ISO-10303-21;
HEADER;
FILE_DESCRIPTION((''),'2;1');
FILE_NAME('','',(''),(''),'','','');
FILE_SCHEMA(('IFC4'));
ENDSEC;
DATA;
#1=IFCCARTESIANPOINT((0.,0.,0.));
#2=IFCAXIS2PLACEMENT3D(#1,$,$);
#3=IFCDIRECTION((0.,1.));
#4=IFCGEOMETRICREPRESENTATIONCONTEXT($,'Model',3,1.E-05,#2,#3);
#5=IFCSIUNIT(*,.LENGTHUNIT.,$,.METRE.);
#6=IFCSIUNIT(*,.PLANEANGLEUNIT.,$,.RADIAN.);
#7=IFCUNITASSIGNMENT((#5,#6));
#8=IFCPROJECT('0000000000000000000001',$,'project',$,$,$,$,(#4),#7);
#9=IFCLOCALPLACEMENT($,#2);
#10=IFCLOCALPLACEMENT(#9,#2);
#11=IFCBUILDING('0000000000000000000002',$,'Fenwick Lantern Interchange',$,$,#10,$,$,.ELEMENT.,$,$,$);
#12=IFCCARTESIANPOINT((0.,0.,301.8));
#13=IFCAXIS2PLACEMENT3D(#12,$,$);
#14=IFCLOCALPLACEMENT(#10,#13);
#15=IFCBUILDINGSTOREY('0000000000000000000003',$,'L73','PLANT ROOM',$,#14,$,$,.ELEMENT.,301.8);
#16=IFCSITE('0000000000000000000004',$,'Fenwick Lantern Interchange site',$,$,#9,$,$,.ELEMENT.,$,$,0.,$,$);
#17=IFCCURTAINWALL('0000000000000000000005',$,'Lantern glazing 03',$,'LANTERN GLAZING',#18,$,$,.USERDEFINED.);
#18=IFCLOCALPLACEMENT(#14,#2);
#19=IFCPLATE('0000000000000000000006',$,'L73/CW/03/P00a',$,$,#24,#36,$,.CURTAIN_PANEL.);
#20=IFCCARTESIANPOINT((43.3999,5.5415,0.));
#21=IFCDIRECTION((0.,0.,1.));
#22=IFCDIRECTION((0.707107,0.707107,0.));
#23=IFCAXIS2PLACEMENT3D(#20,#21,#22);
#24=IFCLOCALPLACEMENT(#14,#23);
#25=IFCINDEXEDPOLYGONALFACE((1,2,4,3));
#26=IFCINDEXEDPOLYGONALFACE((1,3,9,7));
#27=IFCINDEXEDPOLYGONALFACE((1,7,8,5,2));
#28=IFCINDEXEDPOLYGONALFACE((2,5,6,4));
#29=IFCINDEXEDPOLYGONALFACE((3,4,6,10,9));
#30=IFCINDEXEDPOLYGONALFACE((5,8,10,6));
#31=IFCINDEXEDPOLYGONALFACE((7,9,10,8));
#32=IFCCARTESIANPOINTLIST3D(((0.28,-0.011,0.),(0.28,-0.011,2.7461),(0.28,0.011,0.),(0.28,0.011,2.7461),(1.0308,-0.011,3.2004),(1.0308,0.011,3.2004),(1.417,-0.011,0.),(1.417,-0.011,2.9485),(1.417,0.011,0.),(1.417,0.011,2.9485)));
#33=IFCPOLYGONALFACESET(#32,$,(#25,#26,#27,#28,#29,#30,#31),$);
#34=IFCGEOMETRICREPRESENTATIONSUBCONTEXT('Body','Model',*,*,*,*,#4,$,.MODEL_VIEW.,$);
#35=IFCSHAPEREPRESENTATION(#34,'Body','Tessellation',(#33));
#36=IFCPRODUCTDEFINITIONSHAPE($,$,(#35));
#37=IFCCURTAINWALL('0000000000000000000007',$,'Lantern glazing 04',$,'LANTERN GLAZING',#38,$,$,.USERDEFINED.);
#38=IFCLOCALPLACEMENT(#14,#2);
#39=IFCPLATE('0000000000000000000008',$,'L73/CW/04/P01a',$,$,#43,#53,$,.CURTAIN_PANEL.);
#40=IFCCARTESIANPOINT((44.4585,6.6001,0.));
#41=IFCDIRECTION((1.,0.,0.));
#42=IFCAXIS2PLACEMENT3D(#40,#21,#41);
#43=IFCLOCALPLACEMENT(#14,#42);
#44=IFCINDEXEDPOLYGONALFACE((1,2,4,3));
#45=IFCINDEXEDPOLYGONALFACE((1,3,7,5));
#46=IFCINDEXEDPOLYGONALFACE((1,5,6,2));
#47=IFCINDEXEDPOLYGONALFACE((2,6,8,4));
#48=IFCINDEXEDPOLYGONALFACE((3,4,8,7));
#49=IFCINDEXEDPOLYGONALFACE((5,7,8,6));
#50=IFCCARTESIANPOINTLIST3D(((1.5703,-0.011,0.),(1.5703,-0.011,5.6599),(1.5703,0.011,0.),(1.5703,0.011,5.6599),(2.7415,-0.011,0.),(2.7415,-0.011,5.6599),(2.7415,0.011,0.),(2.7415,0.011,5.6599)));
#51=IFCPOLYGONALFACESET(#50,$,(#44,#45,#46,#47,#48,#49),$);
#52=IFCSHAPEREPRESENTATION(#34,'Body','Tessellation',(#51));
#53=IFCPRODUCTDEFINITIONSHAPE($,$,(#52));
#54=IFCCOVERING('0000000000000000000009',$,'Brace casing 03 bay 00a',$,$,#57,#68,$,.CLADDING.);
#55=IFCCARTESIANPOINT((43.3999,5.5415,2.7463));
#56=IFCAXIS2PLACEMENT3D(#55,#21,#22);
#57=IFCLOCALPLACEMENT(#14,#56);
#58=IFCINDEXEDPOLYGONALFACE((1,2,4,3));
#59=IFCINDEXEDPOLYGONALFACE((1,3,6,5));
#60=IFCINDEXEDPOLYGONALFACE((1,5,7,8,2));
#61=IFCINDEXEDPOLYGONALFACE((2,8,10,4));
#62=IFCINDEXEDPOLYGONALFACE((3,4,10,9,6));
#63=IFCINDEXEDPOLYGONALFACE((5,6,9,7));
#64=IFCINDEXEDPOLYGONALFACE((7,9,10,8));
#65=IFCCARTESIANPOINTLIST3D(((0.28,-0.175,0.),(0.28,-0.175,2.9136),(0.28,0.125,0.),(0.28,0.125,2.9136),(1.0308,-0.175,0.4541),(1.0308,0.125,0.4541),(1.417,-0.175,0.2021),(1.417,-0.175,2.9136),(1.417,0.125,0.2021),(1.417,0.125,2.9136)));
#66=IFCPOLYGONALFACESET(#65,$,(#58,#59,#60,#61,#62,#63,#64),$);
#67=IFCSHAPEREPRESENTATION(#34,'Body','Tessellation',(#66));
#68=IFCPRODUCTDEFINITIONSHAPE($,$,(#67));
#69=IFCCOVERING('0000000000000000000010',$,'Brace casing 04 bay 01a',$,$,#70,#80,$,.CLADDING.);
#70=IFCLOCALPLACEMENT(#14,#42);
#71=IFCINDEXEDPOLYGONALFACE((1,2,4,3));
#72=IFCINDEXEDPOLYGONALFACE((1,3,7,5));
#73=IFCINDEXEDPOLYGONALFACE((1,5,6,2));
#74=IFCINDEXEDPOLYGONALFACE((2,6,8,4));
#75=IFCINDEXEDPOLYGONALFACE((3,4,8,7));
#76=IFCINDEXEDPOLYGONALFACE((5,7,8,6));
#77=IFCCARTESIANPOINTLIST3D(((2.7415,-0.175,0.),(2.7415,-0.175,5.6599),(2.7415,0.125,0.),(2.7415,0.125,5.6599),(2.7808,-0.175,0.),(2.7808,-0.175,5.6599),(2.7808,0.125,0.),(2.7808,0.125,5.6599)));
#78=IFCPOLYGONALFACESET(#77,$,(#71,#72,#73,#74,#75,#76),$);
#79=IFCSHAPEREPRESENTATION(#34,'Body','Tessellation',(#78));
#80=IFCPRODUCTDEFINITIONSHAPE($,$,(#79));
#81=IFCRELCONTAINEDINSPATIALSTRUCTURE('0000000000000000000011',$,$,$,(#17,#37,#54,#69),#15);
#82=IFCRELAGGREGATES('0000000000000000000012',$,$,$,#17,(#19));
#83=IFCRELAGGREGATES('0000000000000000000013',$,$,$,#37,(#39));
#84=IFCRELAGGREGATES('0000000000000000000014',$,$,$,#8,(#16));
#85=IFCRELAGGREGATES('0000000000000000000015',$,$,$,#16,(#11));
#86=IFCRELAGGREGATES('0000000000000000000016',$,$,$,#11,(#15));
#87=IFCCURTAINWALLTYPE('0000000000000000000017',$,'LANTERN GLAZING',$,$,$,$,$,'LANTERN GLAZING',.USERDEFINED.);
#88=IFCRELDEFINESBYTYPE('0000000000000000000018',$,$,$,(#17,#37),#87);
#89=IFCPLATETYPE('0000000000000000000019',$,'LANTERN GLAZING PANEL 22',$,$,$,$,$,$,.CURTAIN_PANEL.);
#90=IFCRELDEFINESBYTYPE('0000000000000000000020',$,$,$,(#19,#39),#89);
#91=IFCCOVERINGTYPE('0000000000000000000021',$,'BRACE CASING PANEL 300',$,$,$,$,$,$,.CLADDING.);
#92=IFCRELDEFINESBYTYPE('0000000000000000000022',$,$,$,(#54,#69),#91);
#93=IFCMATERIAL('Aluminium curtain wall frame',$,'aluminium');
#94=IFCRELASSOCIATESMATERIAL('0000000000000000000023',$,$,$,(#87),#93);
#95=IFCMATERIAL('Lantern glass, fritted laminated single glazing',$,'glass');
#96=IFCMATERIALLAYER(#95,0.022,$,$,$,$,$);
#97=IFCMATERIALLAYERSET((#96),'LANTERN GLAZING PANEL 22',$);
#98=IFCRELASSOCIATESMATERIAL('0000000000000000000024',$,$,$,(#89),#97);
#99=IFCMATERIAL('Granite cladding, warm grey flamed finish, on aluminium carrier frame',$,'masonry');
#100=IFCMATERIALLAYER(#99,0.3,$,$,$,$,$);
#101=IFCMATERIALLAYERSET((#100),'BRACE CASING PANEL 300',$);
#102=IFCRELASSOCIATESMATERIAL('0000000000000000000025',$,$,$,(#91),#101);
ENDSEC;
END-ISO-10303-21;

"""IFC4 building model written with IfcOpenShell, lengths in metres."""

from ifc_helpers import new_model, si_unit, direction, frame, origin, place, context, subcontext, project, spatial, polyline, outline, extrude, material, layer, layer_set, type_object, element, aggregate, save


model = new_model("IFC4")

# Units and contexts
model_context = context("Model", 3, precision=1e-05, world=origin(), true_north=direction((0.0, 1.0)))
body_context = subcontext(model_context, "Body", "Model", "MODEL_VIEW")
ifc_project = project(units=[si_unit("LENGTHUNIT", "METRE"), si_unit("PLANEANGLEUNIT", "RADIAN")], contexts=[model_context])

# Site, building, storey
site_placement = place(None, origin())
site = spatial("IfcSite", under=ifc_project, at=site_placement, Name="Fenwick Lantern Interchange site", CompositionType="ELEMENT", RefElevation=0.0)
building_placement = place(site_placement, origin())
building = spatial("IfcBuilding", under=site, at=building_placement, Name="Fenwick Lantern Interchange", CompositionType="ELEMENT")
storey_placement = place(building_placement, frame((0.0, 0.0, 301.8)))
storey = spatial("IfcBuildingStorey", under=building, at=storey_placement, Name="L73", Description="PLANT ROOM", CompositionType="ELEMENT", Elevation=301.8)

# Curtain wall
ifc_material_1 = material(Name="Aluminium curtain wall frame", Category="aluminium")
curtain_wall_type = type_object("IfcCurtainWallType", Name="LANTERN GLAZING", ElementType="LANTERN GLAZING", PredefinedType="USERDEFINED", material=ifc_material_1)
curtain_wall_1_placement = place(storey_placement, origin())
curtain_wall_1 = element("IfcCurtainWall", 1, at=curtain_wall_1_placement, inside=storey, type_object=curtain_wall_type, Name="Lantern glazing 03", ObjectType="LANTERN GLAZING", PredefinedType="USERDEFINED")

# Plate
ifc_material_2 = material(Name="Lantern glass, fritted laminated single glazing", Category="glass")
ifc_layer_1 = layer(ifc_material_2, 0.022)
ifc_layer_set_1 = layer_set([ifc_layer_1], Name="LANTERN GLAZING PANEL 22")
plate_type = type_object("IfcPlateType", Name="LANTERN GLAZING PANEL 22", PredefinedType="CURTAIN_PANEL", material=ifc_layer_set_1)
plate_1_placement = place(storey_placement, frame((43.3999, 5.5415, 0.0), z_axis=(0.0, 0.0, 1.0), x_axis=(0.707107, 0.707107, 0.0)))
plate_1 = element("IfcPlate", 2, at=plate_1_placement, type_object=plate_type, Name="L73/CW/03/P00a", PredefinedType="CURTAIN_PANEL", context=body_context, shape_type="SweptSolid", body=[
    extrude(outline(polyline([(0.28, 0.0), (1.417, 0.0), (1.417, 2.9485), (1.0308, 3.2004), (0.28, 2.7461), (0.28, 0.0)])), frame((0.0, 0.011, 0.0), z_axis=(0.0, -1.0, 0.0), x_axis=(1.0, 0.0, 0.0)), (0.0, 0.0, 1.0), 0.022),
])
aggregate(curtain_wall_1, [plate_1])

# Curtain wall, plate
curtain_wall_2_placement = place(storey_placement, origin())
curtain_wall_2 = element("IfcCurtainWall", 3, at=curtain_wall_2_placement, inside=storey, type_object=curtain_wall_type, Name="Lantern glazing 04", ObjectType="LANTERN GLAZING", PredefinedType="USERDEFINED")
plate_2_placement = place(storey_placement, frame((44.4585, 6.6001, 0.0), z_axis=(0.0, 0.0, 1.0), x_axis=(1.0, 0.0, 0.0)))
plate_2 = element("IfcPlate", 4, at=plate_2_placement, type_object=plate_type, Name="L73/CW/04/P01a", PredefinedType="CURTAIN_PANEL", context=body_context, shape_type="SweptSolid", body=[
    extrude(outline(polyline([(1.5703, 0.0), (2.7415, 0.0), (2.7415, 5.6599), (1.5703, 5.6599), (1.5703, 0.0)])), frame((0.0, 0.011, 0.0), z_axis=(0.0, -1.0, 0.0), x_axis=(1.0, 0.0, 0.0)), (0.0, 0.0, 1.0), 0.022),
])
aggregate(curtain_wall_2, [plate_2])

# Coverings
ifc_material_3 = material(Name="Granite cladding, warm grey flamed finish, on aluminium carrier frame", Category="masonry")
ifc_layer_2 = layer(ifc_material_3, 0.3)
ifc_layer_set_2 = layer_set([ifc_layer_2], Name="BRACE CASING PANEL 300")
covering_type = type_object("IfcCoveringType", Name="BRACE CASING PANEL 300", PredefinedType="CLADDING", material=ifc_layer_set_2)
covering_1_placement = place(storey_placement, frame((43.3999, 5.5415, 2.7463), z_axis=(0.0, 0.0, 1.0), x_axis=(0.707107, 0.707107, 0.0)))
element("IfcCovering", 5, at=covering_1_placement, inside=storey, type_object=covering_type, Name="Brace casing 03 bay 00a", PredefinedType="CLADDING", context=body_context, shape_type="SweptSolid", body=[
    extrude(outline(polyline([(0.28, 0.0), (1.0308, 0.4541), (1.417, 0.2021), (1.417, 2.9136), (0.28, 2.9136), (0.28, 0.0)])), frame((0.0, 0.125, 0.0), z_axis=(0.0, -1.0, 0.0), x_axis=(1.0, 0.0, 0.0)), (0.0, 0.0, 1.0), 0.3),
])
covering_2_placement = place(storey_placement, frame((44.4585, 6.6001, 0.0), z_axis=(0.0, 0.0, 1.0), x_axis=(1.0, 0.0, 0.0)))
element("IfcCovering", 6, at=covering_2_placement, inside=storey, type_object=covering_type, Name="Brace casing 04 bay 01a", PredefinedType="CLADDING", context=body_context, shape_type="SweptSolid", body=[
    extrude(outline(polyline([(2.7415, 0.0), (2.7808, 0.0), (2.7808, 5.6599), (2.7415, 5.6599), (2.7415, 0.0)])), frame((0.0, 0.125, 0.0), z_axis=(0.0, -1.0, 0.0), x_axis=(1.0, 0.0, 0.0)), (0.0, 0.0, 1.0), 0.3),
])

save(model, "model.ifc")
